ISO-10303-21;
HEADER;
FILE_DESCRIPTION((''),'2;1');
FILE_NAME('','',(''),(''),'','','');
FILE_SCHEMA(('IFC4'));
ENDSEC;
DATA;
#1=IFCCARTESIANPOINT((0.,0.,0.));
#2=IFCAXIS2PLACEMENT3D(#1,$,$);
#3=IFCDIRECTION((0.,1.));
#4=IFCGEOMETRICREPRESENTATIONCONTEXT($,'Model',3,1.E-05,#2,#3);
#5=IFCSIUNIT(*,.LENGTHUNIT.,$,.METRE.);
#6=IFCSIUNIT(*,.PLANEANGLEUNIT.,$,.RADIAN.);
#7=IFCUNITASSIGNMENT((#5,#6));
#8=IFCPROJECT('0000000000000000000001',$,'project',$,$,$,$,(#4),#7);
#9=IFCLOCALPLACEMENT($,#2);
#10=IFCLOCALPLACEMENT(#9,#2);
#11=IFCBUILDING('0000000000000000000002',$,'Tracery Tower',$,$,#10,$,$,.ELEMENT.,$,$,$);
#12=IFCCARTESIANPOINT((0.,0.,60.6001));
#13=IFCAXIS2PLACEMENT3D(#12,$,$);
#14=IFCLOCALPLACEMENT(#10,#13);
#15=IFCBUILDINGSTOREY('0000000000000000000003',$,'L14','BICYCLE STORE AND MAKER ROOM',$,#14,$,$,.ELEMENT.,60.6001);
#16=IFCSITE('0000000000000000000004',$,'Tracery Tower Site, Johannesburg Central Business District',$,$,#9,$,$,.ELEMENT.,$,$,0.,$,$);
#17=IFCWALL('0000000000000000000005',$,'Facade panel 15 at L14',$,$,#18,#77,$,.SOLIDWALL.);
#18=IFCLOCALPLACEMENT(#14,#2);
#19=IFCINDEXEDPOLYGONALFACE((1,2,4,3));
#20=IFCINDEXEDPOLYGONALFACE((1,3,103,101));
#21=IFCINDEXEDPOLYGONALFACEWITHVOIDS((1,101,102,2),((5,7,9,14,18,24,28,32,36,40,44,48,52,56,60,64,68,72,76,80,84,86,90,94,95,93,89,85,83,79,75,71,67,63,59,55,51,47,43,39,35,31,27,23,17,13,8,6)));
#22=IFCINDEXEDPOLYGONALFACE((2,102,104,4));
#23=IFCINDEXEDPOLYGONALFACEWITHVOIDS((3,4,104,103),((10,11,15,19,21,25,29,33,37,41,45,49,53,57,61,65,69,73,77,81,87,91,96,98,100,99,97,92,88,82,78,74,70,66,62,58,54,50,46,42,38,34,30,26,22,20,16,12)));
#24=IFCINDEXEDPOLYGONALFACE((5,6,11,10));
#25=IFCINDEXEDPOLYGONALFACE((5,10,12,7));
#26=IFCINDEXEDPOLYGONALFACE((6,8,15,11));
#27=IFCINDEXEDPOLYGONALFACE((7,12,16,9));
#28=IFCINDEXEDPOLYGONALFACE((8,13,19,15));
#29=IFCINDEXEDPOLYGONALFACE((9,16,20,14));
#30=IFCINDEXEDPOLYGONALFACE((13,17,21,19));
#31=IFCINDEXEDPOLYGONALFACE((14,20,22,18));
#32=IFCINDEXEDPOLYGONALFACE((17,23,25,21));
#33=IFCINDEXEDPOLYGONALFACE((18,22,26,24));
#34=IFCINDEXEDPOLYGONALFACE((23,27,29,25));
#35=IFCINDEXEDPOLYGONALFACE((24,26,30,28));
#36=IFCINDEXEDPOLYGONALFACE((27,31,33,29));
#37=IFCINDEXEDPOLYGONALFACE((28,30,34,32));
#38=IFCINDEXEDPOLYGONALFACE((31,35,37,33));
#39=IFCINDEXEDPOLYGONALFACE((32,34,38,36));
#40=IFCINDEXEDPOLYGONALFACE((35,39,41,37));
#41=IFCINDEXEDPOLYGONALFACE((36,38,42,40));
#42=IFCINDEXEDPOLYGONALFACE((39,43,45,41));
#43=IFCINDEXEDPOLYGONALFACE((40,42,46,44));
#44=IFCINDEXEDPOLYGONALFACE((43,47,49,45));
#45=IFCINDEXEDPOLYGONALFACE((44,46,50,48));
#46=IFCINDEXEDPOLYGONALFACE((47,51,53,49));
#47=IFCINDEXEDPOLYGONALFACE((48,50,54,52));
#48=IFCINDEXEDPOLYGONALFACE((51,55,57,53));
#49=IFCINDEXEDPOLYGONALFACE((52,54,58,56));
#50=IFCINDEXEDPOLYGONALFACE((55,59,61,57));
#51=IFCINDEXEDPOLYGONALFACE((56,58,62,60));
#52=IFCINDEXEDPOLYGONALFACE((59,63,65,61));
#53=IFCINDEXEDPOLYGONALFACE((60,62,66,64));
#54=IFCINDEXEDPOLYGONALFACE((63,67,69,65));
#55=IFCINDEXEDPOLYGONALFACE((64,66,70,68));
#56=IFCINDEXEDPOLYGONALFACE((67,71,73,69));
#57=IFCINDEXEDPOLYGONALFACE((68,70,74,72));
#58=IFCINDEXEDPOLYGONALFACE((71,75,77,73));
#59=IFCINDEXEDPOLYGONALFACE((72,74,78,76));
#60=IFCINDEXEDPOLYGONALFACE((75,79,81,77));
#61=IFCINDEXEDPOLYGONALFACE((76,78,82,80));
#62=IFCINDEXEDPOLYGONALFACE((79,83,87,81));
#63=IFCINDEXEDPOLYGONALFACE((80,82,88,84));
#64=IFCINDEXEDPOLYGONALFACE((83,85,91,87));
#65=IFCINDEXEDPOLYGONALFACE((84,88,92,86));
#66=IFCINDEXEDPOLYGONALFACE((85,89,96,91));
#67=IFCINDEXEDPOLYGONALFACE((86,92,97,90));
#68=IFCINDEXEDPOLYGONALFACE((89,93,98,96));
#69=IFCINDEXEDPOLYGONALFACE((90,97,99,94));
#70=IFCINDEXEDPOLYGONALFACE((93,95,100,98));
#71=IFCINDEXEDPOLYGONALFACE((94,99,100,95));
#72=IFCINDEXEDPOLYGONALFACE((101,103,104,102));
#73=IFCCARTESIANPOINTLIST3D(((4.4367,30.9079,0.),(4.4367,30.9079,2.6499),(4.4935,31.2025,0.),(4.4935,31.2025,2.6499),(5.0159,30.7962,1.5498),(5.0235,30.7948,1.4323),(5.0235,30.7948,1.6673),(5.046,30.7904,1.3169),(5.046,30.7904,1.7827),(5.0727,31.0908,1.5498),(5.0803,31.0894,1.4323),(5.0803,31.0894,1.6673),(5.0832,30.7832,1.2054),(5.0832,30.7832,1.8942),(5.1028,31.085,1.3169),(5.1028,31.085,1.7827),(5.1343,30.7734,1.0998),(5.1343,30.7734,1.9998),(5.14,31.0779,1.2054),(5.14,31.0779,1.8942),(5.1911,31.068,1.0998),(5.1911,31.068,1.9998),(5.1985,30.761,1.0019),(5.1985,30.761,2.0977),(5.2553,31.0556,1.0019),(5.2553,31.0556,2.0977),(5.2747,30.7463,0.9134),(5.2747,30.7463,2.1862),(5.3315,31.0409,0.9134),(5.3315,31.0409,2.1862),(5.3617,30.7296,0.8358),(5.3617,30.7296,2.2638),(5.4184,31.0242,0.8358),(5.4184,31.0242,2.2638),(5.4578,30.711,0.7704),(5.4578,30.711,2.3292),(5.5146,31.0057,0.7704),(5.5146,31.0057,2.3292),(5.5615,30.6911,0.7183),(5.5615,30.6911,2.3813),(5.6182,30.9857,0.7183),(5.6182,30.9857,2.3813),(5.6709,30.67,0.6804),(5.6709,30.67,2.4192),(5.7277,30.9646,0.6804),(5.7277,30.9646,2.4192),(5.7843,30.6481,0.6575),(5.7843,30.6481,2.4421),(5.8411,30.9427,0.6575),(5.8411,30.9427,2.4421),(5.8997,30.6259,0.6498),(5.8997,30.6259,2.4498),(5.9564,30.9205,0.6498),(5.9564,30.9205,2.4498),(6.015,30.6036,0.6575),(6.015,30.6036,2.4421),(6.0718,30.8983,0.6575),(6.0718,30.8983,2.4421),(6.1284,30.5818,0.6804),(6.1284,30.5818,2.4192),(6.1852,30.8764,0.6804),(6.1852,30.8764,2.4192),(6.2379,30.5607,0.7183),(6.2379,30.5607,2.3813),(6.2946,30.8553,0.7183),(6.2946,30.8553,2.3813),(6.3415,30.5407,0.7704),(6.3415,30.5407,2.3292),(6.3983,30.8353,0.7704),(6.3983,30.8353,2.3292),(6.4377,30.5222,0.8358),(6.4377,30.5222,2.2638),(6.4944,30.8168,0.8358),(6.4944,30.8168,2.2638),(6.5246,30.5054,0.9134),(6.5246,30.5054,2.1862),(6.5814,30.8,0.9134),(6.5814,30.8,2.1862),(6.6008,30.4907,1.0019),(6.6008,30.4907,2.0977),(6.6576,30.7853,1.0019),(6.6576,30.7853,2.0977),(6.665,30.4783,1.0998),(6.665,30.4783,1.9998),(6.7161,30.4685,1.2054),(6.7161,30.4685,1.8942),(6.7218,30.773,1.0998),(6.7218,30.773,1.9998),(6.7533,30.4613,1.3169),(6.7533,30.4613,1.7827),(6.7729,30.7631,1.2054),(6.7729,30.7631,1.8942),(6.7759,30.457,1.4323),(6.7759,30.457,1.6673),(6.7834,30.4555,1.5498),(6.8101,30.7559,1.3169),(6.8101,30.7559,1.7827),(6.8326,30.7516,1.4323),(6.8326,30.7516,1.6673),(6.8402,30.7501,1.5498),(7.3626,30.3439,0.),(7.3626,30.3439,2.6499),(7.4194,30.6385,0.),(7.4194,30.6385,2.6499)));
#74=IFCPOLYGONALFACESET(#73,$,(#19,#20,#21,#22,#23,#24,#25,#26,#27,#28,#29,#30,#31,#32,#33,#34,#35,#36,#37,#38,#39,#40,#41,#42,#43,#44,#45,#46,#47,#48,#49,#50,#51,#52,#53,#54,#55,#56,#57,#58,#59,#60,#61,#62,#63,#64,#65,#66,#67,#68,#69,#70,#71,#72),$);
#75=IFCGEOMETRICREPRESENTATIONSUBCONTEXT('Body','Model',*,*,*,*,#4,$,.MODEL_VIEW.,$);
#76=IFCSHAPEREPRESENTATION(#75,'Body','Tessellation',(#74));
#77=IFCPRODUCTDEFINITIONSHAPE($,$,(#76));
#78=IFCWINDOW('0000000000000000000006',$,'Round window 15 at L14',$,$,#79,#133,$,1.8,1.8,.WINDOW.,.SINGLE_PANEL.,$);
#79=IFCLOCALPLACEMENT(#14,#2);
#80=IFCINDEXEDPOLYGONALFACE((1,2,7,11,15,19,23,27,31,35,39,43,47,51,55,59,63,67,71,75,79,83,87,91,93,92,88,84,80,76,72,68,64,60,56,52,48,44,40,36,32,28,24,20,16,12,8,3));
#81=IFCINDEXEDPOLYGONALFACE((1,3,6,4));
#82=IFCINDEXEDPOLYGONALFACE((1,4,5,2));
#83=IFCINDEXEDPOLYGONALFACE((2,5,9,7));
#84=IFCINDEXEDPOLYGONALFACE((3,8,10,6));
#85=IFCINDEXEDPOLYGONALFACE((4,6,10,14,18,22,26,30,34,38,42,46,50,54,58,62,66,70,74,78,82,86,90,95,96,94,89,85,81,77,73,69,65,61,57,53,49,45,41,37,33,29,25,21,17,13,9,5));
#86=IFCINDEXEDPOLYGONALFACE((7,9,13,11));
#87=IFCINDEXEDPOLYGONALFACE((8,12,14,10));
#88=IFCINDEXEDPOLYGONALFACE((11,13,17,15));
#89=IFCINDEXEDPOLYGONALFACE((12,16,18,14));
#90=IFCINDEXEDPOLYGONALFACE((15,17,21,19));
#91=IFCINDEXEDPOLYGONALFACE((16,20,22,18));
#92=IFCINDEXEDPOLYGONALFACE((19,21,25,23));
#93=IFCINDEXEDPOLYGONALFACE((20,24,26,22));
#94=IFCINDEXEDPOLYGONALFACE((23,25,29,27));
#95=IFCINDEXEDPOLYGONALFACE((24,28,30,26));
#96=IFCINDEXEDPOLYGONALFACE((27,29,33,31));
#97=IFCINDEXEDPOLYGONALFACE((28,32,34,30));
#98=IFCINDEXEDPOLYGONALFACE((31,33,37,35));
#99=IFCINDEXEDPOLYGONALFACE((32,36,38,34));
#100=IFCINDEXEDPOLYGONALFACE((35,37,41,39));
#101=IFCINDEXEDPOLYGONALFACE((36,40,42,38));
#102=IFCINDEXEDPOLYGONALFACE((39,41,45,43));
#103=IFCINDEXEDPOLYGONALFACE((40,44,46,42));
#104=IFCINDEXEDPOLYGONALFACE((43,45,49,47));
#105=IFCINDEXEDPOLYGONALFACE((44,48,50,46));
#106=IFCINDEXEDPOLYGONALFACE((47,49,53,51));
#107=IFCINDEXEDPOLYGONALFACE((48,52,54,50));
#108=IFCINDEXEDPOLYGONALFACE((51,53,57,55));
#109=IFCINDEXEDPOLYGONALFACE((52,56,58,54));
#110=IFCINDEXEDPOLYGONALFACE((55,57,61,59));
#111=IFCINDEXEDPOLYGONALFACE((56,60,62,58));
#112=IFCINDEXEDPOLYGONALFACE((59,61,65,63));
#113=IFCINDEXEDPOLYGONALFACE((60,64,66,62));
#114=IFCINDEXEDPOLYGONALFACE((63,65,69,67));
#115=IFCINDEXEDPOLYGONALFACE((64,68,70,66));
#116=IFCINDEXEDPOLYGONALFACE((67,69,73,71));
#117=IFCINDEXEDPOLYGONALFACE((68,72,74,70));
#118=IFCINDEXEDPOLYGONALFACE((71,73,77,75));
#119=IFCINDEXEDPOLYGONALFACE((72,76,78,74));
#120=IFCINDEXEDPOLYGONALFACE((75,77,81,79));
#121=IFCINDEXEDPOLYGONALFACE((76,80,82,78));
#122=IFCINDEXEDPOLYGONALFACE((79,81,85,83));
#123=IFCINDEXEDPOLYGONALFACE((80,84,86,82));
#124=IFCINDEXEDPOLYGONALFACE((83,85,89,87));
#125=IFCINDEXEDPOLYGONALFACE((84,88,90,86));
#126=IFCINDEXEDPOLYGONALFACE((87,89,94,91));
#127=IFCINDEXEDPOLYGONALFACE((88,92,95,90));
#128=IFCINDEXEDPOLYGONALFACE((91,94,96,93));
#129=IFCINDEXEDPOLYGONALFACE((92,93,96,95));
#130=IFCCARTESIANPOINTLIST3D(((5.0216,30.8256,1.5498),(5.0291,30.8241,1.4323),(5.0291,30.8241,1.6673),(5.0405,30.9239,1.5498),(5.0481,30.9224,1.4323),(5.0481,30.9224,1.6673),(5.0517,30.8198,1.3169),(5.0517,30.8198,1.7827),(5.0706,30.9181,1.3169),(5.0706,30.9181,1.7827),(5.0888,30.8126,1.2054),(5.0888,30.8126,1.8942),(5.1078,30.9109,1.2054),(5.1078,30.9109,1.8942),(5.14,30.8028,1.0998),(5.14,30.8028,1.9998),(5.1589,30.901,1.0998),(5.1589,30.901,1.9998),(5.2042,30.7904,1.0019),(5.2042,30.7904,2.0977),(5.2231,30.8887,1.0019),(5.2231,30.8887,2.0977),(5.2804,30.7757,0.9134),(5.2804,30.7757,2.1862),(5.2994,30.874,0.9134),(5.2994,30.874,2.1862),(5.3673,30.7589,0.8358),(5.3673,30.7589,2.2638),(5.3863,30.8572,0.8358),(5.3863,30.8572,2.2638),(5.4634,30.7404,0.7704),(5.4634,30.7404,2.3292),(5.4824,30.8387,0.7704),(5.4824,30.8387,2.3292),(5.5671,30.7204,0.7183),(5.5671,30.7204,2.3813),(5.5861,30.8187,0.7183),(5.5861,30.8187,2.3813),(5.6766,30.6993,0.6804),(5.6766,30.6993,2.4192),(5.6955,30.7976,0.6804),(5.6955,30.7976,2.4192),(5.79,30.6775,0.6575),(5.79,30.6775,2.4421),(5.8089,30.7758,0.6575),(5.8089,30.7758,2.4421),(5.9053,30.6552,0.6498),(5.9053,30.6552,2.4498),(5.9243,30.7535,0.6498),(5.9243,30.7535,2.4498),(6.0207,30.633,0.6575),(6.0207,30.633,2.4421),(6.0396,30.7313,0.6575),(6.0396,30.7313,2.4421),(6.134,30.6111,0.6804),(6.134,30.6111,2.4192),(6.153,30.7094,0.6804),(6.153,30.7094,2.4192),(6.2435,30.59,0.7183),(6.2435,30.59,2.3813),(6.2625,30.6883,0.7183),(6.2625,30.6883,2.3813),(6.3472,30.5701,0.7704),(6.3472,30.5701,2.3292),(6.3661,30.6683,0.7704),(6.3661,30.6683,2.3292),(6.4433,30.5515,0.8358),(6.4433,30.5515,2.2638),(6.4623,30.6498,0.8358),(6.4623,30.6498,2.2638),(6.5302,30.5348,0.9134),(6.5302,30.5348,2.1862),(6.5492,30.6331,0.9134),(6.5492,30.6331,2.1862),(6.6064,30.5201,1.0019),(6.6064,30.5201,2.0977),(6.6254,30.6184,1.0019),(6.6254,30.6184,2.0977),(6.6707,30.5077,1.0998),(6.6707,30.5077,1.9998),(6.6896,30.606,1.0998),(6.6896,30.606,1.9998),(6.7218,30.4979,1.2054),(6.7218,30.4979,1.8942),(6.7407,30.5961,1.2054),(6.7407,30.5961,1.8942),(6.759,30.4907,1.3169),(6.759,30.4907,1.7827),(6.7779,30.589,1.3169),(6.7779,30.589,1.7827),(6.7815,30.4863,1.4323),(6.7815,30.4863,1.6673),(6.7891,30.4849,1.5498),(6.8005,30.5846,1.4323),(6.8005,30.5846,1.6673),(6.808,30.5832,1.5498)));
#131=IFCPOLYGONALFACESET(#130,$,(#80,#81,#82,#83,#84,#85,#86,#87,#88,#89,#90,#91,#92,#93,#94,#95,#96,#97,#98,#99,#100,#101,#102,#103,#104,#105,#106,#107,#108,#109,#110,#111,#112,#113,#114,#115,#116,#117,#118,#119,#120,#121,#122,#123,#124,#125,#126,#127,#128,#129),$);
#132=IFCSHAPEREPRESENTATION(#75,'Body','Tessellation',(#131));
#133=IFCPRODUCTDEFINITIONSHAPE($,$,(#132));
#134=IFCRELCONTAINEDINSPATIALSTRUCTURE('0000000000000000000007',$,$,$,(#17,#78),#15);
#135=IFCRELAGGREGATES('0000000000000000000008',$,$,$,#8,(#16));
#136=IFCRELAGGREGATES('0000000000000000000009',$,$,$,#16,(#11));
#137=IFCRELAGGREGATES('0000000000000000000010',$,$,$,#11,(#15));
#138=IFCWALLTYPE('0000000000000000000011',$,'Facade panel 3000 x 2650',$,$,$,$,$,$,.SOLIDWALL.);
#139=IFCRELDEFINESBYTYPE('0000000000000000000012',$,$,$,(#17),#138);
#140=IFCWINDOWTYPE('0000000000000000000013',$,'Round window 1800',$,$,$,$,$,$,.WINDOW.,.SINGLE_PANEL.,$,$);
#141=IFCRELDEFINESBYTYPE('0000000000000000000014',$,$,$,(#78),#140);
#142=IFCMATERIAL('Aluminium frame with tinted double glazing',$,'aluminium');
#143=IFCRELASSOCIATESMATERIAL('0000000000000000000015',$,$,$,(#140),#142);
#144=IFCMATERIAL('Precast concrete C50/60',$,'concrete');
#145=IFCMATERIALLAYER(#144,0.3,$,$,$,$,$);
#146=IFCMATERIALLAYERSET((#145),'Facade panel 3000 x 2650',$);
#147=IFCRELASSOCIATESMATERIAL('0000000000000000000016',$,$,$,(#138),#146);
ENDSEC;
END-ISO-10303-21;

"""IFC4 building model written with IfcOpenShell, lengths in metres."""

from ifc_helpers import new_model, si_unit, direction, frame, frame_2d, origin, origin_2d, place, context, subcontext, project, spatial, rectangle, circle, extrude, material, layer, layer_set, type_object, element, fill, save


model = new_model("IFC4")

# Units and contexts
model_context = context("Model", 3, precision=1e-05, world=origin(), true_north=direction((0.0, 1.0)))
body_context = subcontext(model_context, "Body", "Model", "MODEL_VIEW")
ifc_project = project(units=[si_unit("LENGTHUNIT", "METRE"), si_unit("PLANEANGLEUNIT", "RADIAN")], contexts=[model_context])

# Site, building, storey
site_placement = place(None, origin())
site = spatial("IfcSite", under=ifc_project, at=site_placement, Name="Tracery Tower Site, Johannesburg Central Business District", CompositionType="ELEMENT", RefElevation=0.0)
building_placement = place(site_placement, origin())
building = spatial("IfcBuilding", under=site, at=building_placement, Name="Tracery Tower", CompositionType="ELEMENT")
storey_placement = place(building_placement, frame((0.0, 0.0, 60.6001)))
storey = spatial("IfcBuildingStorey", under=building, at=storey_placement, Name="L14", Description="BICYCLE STORE AND MAKER ROOM", CompositionType="ELEMENT", Elevation=60.6001)

# Wall, opening, window
ifc_material_1 = material(Name="Aluminium frame with tinted double glazing", Category="aluminium")
window_type = type_object("IfcWindowType", Name="Round window 1800", PartitioningType="SINGLE_PANEL", PredefinedType="WINDOW", material=ifc_material_1)
ifc_material_2 = material(Name="Precast concrete C50/60", Category="concrete")
ifc_layer_1 = layer(ifc_material_2, 0.3)
ifc_layer_set_1 = layer_set([ifc_layer_1], Name="Facade panel 3000 x 2650")
wall_type_1 = type_object("IfcWallType", Name="Facade panel 3000 x 2650", PredefinedType="SOLIDWALL", material=ifc_layer_set_1)
wall_1_placement = place(storey_placement, frame((7.3909, 30.4912, 0.0), z_axis=(0.0, 0.0, 1.0), x_axis=(-0.981925, 0.189273, 0.0)))
wall_1 = element("IfcWall", 1, at=wall_1_placement, inside=storey, type_object=wall_type_1, Name="Facade panel 15 at L14", PredefinedType="SOLIDWALL", context=body_context, shape_type="SweptSolid", body=[
    extrude(rectangle(XDim=2.9797, YDim=0.3, at=frame_2d((1.4897, 0.0))), origin(), (0.0, 0.0, 1.0), 2.6499),
])
opening_1_placement = place(wall_1_placement, frame((1.4897, 0.0, 1.5498)))
opening_1 = element("IfcOpeningElement", 2, at=opening_1_placement, cuts=wall_1, PredefinedType="OPENING", context=body_context, shape_type="SweptSolid", body=[
    extrude(circle(Radius=0.9, at=origin_2d()), frame((0.0, 0.1599, 0.0), z_axis=(0.0, -1.0, 0.0), x_axis=(1.0, 0.0, 0.0)), (0.0, 0.0, 1.0), 0.3201),
])
window_1_placement = place(opening_1_placement, origin())
window_1 = element("IfcWindow", 3, at=window_1_placement, inside=storey, type_object=window_type, Name="Round window 15 at L14", OverallHeight=1.8, OverallWidth=1.8, PartitioningType="SINGLE_PANEL", PredefinedType="WINDOW", context=body_context, shape_type="SweptSolid", body=[
    extrude(circle(Radius=0.9, at=origin_2d()), frame((0.0, 0.1201, 0.0), z_axis=(0.0, -1.0, 0.0), x_axis=(1.0, 0.0, 0.0)), (0.0, 0.0, 1.0), 0.1001),
])
fill(opening_1, window_1)

save(model, "model.ifc")
